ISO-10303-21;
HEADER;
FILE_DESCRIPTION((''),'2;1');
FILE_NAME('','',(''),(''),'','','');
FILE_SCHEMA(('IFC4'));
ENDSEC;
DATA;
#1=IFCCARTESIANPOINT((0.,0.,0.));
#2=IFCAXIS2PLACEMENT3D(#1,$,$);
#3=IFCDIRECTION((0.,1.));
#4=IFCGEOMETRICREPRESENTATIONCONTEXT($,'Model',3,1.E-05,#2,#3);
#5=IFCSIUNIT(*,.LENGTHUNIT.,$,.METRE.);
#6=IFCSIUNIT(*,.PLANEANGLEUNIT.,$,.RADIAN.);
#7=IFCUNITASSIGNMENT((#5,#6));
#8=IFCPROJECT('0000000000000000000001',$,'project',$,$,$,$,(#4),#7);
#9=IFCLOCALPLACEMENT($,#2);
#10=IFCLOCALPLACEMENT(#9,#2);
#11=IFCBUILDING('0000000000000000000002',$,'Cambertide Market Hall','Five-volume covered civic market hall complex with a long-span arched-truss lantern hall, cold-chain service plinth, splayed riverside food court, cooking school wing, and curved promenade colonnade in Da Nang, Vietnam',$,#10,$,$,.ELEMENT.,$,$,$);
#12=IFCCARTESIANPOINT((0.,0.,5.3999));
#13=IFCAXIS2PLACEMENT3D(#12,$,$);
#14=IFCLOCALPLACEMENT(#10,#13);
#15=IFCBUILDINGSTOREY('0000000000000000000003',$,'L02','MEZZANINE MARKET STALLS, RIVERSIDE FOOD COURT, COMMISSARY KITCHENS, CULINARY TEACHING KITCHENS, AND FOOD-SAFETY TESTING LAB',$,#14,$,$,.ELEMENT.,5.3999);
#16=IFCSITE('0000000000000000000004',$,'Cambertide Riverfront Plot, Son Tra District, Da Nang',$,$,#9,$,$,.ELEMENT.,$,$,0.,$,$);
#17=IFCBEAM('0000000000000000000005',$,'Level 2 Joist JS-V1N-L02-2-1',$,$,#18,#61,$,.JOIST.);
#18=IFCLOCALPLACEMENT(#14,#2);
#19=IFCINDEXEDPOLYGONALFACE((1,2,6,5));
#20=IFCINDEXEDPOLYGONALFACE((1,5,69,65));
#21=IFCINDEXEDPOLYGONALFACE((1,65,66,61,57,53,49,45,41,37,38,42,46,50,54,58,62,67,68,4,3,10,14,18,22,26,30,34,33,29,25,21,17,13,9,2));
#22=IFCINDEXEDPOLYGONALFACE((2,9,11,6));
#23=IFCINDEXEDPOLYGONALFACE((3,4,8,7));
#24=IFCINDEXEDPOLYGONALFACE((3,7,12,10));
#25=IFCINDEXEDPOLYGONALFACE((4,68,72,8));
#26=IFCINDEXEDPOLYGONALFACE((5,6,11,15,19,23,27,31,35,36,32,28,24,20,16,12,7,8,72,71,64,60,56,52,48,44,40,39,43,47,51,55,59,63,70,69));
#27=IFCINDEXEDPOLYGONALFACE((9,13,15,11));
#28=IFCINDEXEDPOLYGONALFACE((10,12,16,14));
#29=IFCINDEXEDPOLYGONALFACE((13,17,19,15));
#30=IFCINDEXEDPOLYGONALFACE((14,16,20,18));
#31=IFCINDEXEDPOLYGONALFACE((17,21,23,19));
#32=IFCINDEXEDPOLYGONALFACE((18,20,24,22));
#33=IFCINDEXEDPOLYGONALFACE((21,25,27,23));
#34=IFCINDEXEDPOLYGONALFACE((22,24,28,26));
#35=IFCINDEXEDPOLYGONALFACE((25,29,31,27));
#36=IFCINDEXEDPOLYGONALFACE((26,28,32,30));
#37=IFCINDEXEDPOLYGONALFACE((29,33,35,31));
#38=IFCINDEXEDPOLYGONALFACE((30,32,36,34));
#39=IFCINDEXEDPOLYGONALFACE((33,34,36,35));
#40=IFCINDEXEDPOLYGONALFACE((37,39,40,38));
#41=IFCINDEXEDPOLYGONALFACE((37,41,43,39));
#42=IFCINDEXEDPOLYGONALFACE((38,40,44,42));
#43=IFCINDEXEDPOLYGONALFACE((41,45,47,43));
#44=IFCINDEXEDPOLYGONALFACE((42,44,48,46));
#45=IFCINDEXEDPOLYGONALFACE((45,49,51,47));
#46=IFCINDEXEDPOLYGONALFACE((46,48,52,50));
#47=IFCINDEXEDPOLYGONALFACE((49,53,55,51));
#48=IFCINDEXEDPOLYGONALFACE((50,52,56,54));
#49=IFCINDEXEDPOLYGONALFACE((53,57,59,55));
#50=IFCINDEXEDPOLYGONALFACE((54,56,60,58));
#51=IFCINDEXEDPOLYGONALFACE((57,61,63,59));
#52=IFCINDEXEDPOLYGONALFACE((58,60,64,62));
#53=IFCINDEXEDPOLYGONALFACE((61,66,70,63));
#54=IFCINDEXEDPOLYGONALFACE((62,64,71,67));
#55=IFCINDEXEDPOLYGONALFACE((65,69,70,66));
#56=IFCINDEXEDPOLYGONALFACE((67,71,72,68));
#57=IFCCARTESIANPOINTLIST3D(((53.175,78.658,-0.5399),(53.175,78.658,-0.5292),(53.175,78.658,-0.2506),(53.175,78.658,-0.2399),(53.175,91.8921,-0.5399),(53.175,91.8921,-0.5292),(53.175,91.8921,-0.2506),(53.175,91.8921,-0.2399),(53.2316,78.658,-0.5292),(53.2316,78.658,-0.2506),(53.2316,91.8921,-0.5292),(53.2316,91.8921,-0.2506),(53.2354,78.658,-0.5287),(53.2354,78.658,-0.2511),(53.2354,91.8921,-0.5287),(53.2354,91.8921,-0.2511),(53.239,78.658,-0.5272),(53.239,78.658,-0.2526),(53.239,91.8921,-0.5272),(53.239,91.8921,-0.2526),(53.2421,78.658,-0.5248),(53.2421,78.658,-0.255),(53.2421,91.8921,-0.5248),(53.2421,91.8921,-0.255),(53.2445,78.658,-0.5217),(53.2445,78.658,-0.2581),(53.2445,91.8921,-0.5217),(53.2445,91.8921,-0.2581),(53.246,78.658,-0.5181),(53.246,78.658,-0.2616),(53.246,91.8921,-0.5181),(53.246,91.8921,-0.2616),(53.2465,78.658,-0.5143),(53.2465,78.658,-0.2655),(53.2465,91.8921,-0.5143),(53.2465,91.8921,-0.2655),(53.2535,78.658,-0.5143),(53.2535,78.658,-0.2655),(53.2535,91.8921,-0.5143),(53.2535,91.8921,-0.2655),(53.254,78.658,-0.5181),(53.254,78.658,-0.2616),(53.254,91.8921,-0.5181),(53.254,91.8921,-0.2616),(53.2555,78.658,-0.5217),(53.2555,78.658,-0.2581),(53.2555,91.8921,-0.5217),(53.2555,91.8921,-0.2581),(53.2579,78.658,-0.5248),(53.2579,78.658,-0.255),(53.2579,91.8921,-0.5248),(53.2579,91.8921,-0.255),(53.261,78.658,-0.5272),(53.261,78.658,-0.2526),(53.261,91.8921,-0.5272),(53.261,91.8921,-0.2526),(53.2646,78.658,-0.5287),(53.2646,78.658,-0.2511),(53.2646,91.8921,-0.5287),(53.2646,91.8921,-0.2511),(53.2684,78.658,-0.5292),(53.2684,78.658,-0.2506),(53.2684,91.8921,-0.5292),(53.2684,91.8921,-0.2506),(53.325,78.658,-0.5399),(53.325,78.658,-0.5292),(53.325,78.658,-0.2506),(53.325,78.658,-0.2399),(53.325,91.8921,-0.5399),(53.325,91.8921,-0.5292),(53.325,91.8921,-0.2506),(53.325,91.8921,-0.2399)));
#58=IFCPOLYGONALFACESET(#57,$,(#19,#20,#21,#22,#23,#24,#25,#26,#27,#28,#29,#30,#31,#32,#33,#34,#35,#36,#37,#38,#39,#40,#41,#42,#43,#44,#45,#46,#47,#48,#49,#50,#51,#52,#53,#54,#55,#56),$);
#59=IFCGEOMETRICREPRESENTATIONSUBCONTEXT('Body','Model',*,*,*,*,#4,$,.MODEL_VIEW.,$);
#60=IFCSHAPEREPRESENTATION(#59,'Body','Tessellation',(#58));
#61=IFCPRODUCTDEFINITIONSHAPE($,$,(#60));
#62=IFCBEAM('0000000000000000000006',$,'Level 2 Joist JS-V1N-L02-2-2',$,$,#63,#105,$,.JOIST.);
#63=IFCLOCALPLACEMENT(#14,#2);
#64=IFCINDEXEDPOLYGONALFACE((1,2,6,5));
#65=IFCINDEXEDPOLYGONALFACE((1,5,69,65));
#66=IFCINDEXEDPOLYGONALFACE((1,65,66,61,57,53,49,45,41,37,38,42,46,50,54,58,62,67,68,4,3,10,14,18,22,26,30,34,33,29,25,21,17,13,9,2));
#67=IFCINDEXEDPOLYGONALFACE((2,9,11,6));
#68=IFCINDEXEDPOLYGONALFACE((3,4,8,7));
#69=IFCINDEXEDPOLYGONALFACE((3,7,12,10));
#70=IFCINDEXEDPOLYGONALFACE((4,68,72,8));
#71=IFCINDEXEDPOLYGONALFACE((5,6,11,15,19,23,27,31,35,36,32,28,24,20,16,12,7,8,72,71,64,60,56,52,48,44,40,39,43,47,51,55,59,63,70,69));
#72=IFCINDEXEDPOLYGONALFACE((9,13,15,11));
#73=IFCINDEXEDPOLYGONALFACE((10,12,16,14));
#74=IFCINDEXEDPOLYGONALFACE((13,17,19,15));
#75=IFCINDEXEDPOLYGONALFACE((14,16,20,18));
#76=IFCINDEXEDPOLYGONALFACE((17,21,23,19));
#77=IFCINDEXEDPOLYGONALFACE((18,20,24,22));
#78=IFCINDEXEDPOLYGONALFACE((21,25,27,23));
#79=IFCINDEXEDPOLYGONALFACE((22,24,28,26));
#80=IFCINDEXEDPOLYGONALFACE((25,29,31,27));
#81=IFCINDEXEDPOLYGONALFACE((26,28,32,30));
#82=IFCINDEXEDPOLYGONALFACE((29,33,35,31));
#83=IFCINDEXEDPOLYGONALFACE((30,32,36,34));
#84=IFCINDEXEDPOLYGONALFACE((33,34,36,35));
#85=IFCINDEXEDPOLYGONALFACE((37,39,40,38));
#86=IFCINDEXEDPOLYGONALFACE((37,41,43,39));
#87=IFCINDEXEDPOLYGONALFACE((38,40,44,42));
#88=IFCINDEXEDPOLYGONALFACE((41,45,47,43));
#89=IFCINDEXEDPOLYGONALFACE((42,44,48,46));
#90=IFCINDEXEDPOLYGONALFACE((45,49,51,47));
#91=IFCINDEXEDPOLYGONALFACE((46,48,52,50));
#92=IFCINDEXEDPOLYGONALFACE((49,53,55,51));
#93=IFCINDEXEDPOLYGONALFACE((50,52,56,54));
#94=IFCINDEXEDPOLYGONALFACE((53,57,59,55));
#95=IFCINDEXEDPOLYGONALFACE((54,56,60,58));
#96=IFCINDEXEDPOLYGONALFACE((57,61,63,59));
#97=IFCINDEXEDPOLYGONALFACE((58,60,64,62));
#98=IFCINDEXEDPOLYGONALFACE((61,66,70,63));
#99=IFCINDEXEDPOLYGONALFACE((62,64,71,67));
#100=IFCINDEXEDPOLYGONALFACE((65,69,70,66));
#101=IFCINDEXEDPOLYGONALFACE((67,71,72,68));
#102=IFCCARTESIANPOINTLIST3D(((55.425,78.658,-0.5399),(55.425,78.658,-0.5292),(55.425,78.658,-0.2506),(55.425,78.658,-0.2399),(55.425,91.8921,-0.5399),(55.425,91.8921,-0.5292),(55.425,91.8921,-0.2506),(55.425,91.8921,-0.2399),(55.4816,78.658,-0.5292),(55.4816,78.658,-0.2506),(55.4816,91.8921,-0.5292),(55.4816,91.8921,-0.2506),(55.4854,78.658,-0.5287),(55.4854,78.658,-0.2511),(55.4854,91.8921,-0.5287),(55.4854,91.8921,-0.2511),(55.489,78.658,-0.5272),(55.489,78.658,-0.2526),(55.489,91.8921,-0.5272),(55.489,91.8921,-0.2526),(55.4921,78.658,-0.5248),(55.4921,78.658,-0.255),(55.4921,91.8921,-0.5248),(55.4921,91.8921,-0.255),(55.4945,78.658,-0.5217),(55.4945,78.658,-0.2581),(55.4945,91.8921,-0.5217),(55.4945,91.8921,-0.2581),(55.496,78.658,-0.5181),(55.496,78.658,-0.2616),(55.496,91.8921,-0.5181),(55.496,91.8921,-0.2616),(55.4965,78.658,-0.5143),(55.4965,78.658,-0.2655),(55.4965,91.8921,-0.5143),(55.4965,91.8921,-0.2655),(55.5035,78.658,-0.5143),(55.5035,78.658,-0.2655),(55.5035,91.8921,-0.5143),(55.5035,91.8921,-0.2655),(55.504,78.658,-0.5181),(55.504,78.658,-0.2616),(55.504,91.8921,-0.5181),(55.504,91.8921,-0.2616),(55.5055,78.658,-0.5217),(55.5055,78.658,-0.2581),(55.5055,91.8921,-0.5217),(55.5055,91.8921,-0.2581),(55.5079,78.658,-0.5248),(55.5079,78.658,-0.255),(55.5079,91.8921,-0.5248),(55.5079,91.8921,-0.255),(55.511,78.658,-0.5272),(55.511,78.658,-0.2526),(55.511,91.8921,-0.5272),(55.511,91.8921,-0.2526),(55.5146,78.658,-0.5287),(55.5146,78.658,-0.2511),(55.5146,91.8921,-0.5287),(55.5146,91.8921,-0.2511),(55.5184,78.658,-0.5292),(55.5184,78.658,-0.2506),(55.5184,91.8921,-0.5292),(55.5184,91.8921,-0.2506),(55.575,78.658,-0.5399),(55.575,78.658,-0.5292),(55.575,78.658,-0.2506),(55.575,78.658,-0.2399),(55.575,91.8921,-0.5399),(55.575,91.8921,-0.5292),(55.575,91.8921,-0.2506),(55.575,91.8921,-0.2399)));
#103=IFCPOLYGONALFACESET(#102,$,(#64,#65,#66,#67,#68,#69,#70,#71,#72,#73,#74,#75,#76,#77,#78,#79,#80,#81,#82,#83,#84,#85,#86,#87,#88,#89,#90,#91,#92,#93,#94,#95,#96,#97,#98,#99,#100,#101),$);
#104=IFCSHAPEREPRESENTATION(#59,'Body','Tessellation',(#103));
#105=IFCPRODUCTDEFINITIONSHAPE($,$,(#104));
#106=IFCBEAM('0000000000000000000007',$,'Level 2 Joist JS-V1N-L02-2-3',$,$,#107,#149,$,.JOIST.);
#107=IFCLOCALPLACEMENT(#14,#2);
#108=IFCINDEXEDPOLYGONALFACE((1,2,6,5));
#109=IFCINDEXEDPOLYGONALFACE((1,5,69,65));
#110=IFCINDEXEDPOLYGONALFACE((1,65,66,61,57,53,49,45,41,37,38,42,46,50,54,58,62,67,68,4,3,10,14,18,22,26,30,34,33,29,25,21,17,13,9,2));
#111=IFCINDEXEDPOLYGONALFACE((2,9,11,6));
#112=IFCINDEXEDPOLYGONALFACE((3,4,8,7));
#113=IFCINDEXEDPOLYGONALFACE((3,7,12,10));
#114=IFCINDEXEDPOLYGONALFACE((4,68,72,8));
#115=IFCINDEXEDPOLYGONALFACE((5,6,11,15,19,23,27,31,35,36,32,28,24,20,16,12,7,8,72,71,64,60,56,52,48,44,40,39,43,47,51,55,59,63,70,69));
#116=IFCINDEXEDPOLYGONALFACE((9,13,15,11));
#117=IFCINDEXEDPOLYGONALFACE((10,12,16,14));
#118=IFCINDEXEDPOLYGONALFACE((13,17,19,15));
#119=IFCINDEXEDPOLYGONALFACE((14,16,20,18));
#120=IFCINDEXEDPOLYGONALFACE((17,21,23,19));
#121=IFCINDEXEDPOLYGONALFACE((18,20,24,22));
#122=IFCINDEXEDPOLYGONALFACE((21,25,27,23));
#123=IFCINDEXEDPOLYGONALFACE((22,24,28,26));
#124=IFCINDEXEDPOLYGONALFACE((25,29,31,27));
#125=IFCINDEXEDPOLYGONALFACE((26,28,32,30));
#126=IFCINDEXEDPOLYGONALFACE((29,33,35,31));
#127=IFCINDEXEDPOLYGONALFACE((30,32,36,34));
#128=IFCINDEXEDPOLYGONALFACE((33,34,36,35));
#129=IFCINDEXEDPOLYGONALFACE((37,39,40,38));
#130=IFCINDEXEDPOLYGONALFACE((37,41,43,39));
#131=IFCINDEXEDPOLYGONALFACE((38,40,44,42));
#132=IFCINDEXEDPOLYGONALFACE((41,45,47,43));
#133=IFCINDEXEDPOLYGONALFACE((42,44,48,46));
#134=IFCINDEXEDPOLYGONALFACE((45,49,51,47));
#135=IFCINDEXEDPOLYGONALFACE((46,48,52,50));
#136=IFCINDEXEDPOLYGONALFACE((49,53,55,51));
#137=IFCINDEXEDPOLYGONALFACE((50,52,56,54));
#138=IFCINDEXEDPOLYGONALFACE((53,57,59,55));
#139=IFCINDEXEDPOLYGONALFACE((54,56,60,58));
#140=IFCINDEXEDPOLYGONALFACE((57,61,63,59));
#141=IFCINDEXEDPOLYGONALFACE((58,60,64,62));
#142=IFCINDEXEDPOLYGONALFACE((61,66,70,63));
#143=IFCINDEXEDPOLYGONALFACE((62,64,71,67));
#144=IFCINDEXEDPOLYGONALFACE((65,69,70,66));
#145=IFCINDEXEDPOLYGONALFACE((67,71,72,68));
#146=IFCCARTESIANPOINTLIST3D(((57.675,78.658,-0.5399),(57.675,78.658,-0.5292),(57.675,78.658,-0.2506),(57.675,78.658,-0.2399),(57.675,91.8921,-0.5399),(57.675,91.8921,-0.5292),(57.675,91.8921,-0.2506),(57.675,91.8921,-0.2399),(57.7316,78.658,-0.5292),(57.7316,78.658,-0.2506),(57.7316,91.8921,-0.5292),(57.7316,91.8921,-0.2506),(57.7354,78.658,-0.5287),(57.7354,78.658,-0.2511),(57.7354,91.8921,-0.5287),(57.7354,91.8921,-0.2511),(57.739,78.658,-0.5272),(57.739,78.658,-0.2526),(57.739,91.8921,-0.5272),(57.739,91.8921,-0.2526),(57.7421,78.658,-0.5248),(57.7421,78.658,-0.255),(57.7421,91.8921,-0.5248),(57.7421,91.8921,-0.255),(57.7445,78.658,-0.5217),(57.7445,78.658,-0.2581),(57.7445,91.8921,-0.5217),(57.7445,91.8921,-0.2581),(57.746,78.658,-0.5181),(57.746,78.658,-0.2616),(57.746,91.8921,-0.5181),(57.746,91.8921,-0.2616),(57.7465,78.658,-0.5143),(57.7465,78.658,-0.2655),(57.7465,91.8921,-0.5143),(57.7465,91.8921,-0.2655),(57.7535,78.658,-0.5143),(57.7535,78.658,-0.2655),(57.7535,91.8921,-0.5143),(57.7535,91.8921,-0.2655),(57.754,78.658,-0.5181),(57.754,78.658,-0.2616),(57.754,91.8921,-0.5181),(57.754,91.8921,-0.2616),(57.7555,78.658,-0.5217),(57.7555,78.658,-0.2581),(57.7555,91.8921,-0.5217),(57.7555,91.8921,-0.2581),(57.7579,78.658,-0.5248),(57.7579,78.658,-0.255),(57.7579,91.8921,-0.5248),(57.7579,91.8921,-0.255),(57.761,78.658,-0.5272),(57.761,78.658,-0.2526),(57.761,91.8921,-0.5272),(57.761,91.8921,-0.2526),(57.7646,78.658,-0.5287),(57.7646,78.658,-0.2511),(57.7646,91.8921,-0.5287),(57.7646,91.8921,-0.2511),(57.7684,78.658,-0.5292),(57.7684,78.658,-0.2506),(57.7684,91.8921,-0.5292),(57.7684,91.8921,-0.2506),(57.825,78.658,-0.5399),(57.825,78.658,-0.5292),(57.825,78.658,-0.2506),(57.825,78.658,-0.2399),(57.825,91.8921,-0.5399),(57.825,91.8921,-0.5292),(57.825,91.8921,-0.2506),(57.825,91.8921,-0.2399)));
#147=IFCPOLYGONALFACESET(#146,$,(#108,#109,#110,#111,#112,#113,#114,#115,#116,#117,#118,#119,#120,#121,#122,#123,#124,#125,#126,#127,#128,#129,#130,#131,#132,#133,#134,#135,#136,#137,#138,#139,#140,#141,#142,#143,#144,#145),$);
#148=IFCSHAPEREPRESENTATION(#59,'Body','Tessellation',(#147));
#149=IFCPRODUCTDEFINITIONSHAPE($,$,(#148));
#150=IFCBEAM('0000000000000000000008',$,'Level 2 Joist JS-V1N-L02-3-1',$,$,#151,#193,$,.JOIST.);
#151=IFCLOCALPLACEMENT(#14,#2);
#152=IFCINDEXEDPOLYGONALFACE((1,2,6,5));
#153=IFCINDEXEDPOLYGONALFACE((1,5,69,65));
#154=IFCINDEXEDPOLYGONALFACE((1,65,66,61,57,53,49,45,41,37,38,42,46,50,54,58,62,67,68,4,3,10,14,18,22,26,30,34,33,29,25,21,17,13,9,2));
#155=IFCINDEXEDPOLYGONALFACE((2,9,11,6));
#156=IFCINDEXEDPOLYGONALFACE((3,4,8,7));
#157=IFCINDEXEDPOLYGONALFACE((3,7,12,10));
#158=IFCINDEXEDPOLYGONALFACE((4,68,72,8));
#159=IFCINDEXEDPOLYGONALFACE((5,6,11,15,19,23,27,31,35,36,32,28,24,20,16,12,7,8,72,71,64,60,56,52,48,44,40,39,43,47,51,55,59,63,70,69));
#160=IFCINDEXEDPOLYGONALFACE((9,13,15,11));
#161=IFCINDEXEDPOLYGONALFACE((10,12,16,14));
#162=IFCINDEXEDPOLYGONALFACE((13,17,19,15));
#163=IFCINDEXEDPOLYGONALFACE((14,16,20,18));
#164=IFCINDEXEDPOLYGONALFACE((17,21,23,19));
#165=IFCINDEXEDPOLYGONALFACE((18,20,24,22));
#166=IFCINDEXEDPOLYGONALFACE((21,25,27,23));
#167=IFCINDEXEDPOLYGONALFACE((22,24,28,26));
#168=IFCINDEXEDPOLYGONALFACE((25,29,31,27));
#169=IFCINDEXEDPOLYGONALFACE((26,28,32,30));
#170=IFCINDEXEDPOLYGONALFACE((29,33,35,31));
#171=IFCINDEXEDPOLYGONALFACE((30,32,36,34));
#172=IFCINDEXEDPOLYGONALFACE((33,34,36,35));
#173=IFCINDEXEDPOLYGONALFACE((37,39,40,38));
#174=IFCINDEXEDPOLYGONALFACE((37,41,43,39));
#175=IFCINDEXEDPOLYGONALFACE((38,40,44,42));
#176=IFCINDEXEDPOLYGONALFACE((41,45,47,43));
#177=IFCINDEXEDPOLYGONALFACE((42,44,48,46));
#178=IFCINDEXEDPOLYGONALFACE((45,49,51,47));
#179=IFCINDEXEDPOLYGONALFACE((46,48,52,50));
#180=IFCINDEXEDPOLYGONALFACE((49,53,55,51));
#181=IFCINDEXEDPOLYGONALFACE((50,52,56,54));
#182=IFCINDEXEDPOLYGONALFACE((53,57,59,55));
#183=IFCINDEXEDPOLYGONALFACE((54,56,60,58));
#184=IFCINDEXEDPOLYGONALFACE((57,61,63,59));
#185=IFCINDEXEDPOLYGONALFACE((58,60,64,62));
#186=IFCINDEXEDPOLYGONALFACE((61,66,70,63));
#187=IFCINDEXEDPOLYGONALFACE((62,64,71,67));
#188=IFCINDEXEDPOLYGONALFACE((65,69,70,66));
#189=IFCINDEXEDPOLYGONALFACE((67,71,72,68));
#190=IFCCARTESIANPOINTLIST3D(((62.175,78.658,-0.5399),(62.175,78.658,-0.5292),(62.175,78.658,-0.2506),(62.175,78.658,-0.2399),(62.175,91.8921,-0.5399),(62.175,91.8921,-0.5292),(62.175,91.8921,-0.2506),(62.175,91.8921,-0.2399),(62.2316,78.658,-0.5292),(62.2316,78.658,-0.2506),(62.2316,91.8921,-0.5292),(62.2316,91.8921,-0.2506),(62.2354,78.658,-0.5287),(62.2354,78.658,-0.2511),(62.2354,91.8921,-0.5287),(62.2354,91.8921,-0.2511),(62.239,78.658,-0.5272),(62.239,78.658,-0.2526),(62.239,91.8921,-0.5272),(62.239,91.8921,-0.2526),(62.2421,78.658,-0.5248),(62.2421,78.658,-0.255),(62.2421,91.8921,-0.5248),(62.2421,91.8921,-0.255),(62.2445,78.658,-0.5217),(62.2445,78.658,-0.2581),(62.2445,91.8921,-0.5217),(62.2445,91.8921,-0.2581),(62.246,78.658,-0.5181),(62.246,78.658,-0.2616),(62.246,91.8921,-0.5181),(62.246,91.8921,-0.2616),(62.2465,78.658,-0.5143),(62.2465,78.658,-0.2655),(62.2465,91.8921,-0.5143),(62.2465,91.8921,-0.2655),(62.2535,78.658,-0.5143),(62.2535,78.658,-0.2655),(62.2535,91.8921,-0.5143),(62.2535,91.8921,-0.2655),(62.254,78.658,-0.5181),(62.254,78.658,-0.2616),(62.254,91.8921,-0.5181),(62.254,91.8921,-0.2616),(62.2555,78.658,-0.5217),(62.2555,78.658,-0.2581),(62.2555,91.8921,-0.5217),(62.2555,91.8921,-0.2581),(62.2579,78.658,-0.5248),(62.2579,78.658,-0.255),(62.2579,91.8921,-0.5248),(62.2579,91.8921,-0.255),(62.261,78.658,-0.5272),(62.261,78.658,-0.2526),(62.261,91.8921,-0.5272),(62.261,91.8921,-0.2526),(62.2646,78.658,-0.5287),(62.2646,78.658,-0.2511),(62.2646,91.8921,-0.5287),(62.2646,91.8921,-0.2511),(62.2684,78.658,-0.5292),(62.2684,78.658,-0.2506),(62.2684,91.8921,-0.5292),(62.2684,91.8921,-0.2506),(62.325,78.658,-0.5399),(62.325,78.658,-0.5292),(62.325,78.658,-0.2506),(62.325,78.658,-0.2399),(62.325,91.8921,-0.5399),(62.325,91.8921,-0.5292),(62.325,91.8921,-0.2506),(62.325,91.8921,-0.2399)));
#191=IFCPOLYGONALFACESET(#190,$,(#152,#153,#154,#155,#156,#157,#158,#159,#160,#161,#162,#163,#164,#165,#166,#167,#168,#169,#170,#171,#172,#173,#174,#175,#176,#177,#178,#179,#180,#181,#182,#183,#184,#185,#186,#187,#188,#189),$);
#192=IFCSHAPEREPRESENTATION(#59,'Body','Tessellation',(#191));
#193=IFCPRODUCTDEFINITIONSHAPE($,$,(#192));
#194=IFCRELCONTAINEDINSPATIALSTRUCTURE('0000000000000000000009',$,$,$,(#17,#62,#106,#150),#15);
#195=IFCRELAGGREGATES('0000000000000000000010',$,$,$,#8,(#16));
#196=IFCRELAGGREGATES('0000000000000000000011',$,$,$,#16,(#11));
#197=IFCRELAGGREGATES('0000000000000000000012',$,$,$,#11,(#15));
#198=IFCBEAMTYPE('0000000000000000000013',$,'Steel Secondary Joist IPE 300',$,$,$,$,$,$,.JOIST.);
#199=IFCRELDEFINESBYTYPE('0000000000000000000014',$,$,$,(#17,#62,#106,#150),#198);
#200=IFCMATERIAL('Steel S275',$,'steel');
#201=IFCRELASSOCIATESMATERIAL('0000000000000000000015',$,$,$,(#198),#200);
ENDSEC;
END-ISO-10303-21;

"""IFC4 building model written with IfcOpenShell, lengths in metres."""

from ifc_helpers import new_model, si_unit, direction, frame, origin, origin_2d, place, context, subcontext, project, spatial, i_section, extrude, material, material_profile, profile_set, type_object, element, save


model = new_model("IFC4")

# Units and contexts
model_context = context("Model", 3, precision=1e-05, world=origin(), true_north=direction((0.0, 1.0)))
body_context = subcontext(model_context, "Body", "Model", "MODEL_VIEW")
ifc_project = project(units=[si_unit("LENGTHUNIT", "METRE"), si_unit("PLANEANGLEUNIT", "RADIAN")], contexts=[model_context])

# Site, building, storey
site_placement = place(None, origin())
site = spatial("IfcSite", under=ifc_project, at=site_placement, Name="Cambertide Riverfront Plot, Son Tra District, Da Nang", CompositionType="ELEMENT", RefElevation=0.0)
building_placement = place(site_placement, origin())
building = spatial("IfcBuilding", under=site, at=building_placement, Name="Cambertide Market Hall", Description="Five-volume covered civic market hall complex with a long-span arched-truss lantern hall, cold-chain service plinth, splayed riverside food court, cooking school wing, and curved promenade colonnade in Da Nang, Vietnam", CompositionType="ELEMENT")
storey_placement = place(building_placement, frame((0.0, 0.0, 5.3999)))
storey = spatial("IfcBuildingStorey", under=building, at=storey_placement, Name="L02", Description="MEZZANINE MARKET STALLS, RIVERSIDE FOOD COURT, COMMISSARY KITCHENS, CULINARY TEACHING KITCHENS, AND FOOD-SAFETY TESTING LAB", CompositionType="ELEMENT", Elevation=5.3999)

# Beams
ifc_material_1 = material(Name="Steel S275", Category="steel")
ifc_material_profile_1 = material_profile(ifc_material_1, i_section(OverallWidth=0.1499, OverallDepth=0.3, WebThickness=0.0071, FlangeThickness=0.0107, FilletRadius=0.0149, at=origin_2d()), Name="IPE 300")
ifc_profile_set_1 = profile_set([ifc_material_profile_1], Name="Steel S275")
beam_type_1 = type_object("IfcBeamType", Name="Steel Secondary Joist IPE 300", PredefinedType="JOIST", material=ifc_profile_set_1)
for number, where, z_axis, x_axis, name in (
    (1, (53.25, 78.658, -0.3899), (0.0, 1.0, 0.0), (-1.0, 0.0, 0.0), "Level 2 Joist JS-V1N-L02-2-1"),
    (2, (55.5, 78.658, -0.3899), (0.0, 1.0, 0.0), (-1.0, 0.0, 0.0), "Level 2 Joist JS-V1N-L02-2-2"),
    (3, (57.75, 78.658, -0.3899), (0.0, 1.0, 0.0), (-1.0, 0.0, 0.0), "Level 2 Joist JS-V1N-L02-2-3"),
    (4, (62.25, 78.658, -0.3899), (0.0, 1.0, 0.0), (-1.0, 0.0, 0.0), "Level 2 Joist JS-V1N-L02-3-1"),
):
    element("IfcBeam", number, at=place(storey_placement, frame(where, z_axis=z_axis, x_axis=x_axis)), inside=storey, type_object=beam_type_1, Name=name, PredefinedType="JOIST", context=body_context, shape_type="SweptSolid", body=[
        extrude(i_section(OverallWidth=0.1499, OverallDepth=0.3, WebThickness=0.0071, FlangeThickness=0.0107, FilletRadius=0.0149, at=origin_2d()), origin(), (0.0, 0.0, 1.0), 13.2341),
    ])

save(model, "model.ifc")
